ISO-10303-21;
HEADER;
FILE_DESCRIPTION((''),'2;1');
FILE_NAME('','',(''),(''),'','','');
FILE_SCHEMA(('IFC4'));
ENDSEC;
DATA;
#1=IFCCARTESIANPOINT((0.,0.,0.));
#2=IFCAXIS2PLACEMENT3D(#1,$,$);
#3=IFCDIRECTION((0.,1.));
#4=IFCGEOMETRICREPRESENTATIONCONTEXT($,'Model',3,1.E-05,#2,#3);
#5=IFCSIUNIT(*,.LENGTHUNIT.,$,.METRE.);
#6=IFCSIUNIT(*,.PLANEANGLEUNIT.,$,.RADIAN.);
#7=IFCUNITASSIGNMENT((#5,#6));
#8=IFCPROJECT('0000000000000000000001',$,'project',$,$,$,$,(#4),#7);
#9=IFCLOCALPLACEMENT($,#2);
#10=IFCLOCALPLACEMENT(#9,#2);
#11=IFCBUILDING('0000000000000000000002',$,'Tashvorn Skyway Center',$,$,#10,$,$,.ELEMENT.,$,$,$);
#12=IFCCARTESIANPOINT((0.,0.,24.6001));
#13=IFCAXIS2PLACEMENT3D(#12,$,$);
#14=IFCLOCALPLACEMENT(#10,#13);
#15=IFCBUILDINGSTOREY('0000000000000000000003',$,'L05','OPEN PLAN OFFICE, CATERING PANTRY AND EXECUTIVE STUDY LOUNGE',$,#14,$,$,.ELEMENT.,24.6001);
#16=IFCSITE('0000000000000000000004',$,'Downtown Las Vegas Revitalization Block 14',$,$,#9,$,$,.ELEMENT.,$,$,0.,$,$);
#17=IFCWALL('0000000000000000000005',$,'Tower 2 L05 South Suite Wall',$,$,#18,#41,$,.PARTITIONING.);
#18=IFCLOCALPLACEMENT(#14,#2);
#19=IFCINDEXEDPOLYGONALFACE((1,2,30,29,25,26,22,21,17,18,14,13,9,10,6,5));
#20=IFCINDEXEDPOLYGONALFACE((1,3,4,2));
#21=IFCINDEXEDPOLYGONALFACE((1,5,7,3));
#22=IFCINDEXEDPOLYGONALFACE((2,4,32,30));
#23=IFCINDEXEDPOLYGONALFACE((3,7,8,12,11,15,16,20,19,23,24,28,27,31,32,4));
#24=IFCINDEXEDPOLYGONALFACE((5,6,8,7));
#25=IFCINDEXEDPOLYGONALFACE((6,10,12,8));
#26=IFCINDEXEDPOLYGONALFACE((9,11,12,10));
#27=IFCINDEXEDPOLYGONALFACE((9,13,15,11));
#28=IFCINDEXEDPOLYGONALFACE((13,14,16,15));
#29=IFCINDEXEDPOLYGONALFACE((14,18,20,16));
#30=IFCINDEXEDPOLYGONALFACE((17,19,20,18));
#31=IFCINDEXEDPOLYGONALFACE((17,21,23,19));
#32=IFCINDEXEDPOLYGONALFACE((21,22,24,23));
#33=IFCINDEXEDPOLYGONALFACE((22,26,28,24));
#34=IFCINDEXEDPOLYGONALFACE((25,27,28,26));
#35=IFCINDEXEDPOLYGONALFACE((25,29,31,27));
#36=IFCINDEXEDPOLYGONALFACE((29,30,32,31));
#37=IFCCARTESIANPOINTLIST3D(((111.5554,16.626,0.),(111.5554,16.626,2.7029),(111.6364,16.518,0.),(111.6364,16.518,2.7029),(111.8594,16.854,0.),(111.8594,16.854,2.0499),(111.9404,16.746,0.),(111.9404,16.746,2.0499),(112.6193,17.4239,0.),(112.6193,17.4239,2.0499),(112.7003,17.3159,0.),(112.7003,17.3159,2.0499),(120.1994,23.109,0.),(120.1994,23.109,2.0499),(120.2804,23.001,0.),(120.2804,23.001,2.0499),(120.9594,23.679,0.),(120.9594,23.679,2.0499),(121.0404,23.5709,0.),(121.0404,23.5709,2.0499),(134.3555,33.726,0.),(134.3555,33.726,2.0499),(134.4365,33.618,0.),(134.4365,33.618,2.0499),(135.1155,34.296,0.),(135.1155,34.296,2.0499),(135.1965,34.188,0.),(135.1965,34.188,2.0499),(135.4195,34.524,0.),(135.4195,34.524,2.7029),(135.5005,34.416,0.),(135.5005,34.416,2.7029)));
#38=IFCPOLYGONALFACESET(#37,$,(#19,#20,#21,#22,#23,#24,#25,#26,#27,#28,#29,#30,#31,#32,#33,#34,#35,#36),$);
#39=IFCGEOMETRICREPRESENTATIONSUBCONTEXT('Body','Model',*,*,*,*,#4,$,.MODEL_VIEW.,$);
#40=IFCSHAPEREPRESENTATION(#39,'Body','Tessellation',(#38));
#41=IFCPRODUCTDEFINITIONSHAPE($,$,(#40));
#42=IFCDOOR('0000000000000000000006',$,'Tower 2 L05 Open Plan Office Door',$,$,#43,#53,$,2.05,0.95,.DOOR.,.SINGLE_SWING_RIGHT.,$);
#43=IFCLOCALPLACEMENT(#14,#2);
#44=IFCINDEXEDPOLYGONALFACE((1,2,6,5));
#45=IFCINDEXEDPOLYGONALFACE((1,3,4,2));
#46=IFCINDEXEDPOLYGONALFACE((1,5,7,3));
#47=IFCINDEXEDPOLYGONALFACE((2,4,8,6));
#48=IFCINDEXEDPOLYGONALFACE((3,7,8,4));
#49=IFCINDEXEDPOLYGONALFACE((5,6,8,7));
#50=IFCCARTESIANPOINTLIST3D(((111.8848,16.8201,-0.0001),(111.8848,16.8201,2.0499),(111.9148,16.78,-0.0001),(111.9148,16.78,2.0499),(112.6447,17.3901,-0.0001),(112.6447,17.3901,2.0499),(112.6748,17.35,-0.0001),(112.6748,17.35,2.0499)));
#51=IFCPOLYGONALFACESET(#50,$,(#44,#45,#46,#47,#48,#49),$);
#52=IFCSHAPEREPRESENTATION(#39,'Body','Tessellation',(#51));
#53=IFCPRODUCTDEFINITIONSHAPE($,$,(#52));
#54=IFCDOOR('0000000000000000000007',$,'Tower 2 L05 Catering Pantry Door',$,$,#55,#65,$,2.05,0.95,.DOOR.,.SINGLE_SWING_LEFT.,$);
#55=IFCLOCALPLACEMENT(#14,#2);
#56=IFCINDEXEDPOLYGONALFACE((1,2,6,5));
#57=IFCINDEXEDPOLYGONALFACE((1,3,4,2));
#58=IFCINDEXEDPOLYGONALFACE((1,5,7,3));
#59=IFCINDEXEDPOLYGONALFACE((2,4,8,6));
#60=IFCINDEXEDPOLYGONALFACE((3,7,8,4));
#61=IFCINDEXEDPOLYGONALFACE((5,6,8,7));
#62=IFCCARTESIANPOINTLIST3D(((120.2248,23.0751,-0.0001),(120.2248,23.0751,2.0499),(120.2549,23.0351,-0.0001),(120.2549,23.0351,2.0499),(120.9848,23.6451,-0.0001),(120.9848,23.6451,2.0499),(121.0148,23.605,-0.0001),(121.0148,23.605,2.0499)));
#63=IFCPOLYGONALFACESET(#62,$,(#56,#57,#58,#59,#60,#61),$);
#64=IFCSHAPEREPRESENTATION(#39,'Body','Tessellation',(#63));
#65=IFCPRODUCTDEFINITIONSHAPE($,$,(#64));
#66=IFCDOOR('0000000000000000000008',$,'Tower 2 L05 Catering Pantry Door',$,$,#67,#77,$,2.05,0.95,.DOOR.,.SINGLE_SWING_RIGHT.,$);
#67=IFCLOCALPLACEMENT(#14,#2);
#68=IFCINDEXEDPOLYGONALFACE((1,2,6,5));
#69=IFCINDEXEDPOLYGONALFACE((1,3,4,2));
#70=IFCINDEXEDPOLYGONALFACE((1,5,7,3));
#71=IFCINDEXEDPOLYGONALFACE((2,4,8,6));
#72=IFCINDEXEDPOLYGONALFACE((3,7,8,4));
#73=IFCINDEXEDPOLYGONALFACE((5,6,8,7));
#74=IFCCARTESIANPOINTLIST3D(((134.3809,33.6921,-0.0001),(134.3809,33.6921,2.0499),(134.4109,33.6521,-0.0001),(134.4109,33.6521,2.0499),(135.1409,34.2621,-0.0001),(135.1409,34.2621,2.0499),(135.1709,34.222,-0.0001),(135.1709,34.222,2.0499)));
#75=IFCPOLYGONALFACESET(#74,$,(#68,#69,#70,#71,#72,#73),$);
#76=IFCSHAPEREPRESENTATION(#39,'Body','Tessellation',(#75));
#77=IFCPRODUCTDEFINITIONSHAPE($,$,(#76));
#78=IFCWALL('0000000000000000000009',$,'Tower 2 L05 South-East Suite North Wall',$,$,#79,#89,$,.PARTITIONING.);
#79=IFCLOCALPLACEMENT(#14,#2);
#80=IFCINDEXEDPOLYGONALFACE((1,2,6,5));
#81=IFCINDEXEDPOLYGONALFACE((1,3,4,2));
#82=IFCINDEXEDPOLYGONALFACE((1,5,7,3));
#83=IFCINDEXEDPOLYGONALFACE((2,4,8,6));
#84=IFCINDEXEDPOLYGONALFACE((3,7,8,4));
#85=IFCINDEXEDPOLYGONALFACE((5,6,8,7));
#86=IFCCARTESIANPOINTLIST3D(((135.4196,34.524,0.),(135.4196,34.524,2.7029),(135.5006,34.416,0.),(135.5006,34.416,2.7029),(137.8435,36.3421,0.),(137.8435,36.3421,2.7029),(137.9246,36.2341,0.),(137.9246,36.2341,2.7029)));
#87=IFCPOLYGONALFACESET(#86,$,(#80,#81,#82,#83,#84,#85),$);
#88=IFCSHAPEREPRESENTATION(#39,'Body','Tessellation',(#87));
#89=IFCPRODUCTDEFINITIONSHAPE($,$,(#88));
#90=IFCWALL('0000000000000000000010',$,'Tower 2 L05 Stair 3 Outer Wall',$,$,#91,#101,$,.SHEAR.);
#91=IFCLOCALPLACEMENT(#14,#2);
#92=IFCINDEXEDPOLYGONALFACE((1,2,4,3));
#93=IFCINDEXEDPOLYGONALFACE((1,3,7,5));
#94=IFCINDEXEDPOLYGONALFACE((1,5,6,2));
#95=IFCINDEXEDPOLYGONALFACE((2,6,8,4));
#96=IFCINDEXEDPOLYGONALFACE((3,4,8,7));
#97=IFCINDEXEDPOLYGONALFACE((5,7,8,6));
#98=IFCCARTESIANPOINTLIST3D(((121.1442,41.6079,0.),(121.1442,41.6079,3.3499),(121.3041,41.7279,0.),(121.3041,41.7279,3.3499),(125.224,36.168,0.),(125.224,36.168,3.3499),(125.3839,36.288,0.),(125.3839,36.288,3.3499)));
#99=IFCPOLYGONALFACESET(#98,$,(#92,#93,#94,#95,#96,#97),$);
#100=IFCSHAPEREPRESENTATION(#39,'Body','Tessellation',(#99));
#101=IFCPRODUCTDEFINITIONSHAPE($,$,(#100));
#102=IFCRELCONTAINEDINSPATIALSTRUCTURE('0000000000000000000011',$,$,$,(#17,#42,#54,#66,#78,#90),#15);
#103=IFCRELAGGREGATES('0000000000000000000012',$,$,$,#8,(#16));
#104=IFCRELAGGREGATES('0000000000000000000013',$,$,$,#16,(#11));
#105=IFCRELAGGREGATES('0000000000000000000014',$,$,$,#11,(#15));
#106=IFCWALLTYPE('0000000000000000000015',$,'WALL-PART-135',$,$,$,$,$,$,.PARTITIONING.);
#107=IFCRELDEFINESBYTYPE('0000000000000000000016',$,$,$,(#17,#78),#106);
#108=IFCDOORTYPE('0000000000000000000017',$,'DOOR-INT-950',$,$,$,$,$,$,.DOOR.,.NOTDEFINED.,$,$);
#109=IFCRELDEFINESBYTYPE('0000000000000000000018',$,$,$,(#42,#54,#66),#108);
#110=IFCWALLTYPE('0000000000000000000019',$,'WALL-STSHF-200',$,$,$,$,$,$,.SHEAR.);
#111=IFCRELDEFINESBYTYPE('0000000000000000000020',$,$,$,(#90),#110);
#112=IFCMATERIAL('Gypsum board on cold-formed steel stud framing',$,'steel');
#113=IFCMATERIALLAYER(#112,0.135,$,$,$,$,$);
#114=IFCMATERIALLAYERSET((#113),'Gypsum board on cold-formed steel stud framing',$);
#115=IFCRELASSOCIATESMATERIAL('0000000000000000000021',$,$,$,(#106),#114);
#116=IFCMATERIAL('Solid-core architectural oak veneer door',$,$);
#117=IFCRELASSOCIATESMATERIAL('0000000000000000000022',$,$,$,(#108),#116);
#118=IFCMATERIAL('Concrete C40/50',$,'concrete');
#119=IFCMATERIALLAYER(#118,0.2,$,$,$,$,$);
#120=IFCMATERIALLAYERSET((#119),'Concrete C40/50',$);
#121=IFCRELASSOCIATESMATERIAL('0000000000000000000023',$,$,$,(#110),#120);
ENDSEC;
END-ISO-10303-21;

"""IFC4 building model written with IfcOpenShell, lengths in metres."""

from ifc_helpers import new_model, si_unit, direction, frame, frame_2d, origin, place, context, subcontext, project, spatial, rectangle, extrude, material, layer, layer_set, type_object, element, fill, save


model = new_model("IFC4")

# Units and contexts
model_context = context("Model", 3, precision=1e-05, world=origin(), true_north=direction((0.0, 1.0)))
body_context = subcontext(model_context, "Body", "Model", "MODEL_VIEW")
ifc_project = project(units=[si_unit("LENGTHUNIT", "METRE"), si_unit("PLANEANGLEUNIT", "RADIAN")], contexts=[model_context])

# Site, building, storey
site_placement = place(None, origin())
site = spatial("IfcSite", under=ifc_project, at=site_placement, Name="Downtown Las Vegas Revitalization Block 14", CompositionType="ELEMENT", RefElevation=0.0)
building_placement = place(site_placement, origin())
building = spatial("IfcBuilding", under=site, at=building_placement, Name="Tashvorn Skyway Center", CompositionType="ELEMENT")
storey_placement = place(building_placement, frame((0.0, 0.0, 24.6001)))
storey = spatial("IfcBuildingStorey", under=building, at=storey_placement, Name="L05", Description="OPEN PLAN OFFICE, CATERING PANTRY AND EXECUTIVE STUDY LOUNGE", CompositionType="ELEMENT", Elevation=24.6001)

# Wall, openings, doors
ifc_material_1 = material(Name="Gypsum board on cold-formed steel stud framing", Category="steel")
ifc_layer_1 = layer(ifc_material_1, 0.135)
ifc_layer_set_1 = layer_set([ifc_layer_1], Name="Gypsum board on cold-formed steel stud framing")
wall_type_1 = type_object("IfcWallType", Name="WALL-PART-135", PredefinedType="PARTITIONING", material=ifc_layer_set_1)
wall_1_placement = place(storey_placement, frame((135.46, 34.47, 0.0), z_axis=(0.0, 0.0, 1.0), x_axis=(-0.800001, -0.599999, 0.0)))
wall_1 = element("IfcWall", 1, at=wall_1_placement, inside=storey, type_object=wall_type_1, Name="Tower 2 L05 South Suite Wall", PredefinedType="PARTITIONING", context=body_context, shape_type="SweptSolid", body=[
    extrude(rectangle(XDim=29.8301, YDim=0.135, at=frame_2d((14.915, 0.0))), origin(), (0.0, 0.0, 1.0), 2.7029),
])
opening_1_placement = place(wall_1_placement, frame((28.5, 0.0, 0.0)))
opening_1 = element("IfcOpeningElement", 2, at=opening_1_placement, cuts=wall_1, PredefinedType="OPENING", context=body_context, shape_type="SweptSolid", body=[
    extrude(rectangle(XDim=0.95, YDim=2.05, at=frame_2d((0.4751, 1.0249))), frame((0.0, 0.0774, 0.0), z_axis=(0.0, -1.0, 0.0), x_axis=(1.0, 0.0, 0.0)), (0.0, 0.0, 1.0), 0.155),
])
opening_2_placement = place(wall_1_placement, frame((18.075, 0.0, 0.0)))
opening_2 = element("IfcOpeningElement", 3, at=opening_2_placement, cuts=wall_1, PredefinedType="OPENING", context=body_context, shape_type="SweptSolid", body=[
    extrude(rectangle(XDim=0.95, YDim=2.05, at=frame_2d((0.4751, 1.0249))), frame((0.0, 0.0774, 0.0), z_axis=(0.0, -1.0, 0.0), x_axis=(1.0, 0.0, 0.0)), (0.0, 0.0, 1.0), 0.155),
])
opening_3_placement = place(wall_1_placement, frame((0.3799, 0.0, 0.0)))
opening_3 = element("IfcOpeningElement", 4, at=opening_3_placement, cuts=wall_1, PredefinedType="OPENING", context=body_context, shape_type="SweptSolid", body=[
    extrude(rectangle(XDim=0.95, YDim=2.05, at=frame_2d((0.4751, 1.0249))), frame((0.0, 0.0774, 0.0), z_axis=(0.0, -1.0, 0.0), x_axis=(1.0, 0.0, 0.0)), (0.0, 0.0, 1.0), 0.155),
])
ifc_material_2 = material(Name="Solid-core architectural oak veneer door")
door_type = type_object("IfcDoorType", Name="DOOR-INT-950", OperationType="NOTDEFINED", PredefinedType="DOOR", material=ifc_material_2)
door_1_placement = place(opening_1_placement, origin())
door_1 = element("IfcDoor", 5, at=door_1_placement, inside=storey, type_object=door_type, Name="Tower 2 L05 Open Plan Office Door", OperationType="SINGLE_SWING_RIGHT", OverallHeight=2.05, OverallWidth=0.95, PredefinedType="DOOR", context=body_context, shape_type="SweptSolid", body=[
    extrude(rectangle(XDim=0.95, YDim=2.05, at=frame_2d((0.4751, 1.0249))), frame((0.0, 0.0249, 0.0), z_axis=(0.0, -1.0, 0.0), x_axis=(1.0, 0.0, 0.0)), (0.0, 0.0, 1.0), 0.05),
])
fill(opening_1, door_1)
door_2_placement = place(opening_2_placement, origin())
door_2 = element("IfcDoor", 6, at=door_2_placement, inside=storey, type_object=door_type, Name="Tower 2 L05 Catering Pantry Door", OperationType="SINGLE_SWING_LEFT", OverallHeight=2.05, OverallWidth=0.95, PredefinedType="DOOR", context=body_context, shape_type="SweptSolid", body=[
    extrude(rectangle(XDim=0.95, YDim=2.05, at=frame_2d((0.4751, 1.0249))), frame((0.0, 0.0249, 0.0), z_axis=(0.0, -1.0, 0.0), x_axis=(1.0, 0.0, 0.0)), (0.0, 0.0, 1.0), 0.05),
])
fill(opening_2, door_2)
door_3_placement = place(opening_3_placement, origin())
door_3 = element("IfcDoor", 7, at=door_3_placement, inside=storey, type_object=door_type, Name="Tower 2 L05 Catering Pantry Door", OperationType="SINGLE_SWING_RIGHT", OverallHeight=2.05, OverallWidth=0.95, PredefinedType="DOOR", context=body_context, shape_type="SweptSolid", body=[
    extrude(rectangle(XDim=0.95, YDim=2.05, at=frame_2d((0.4751, 1.0249))), frame((0.0, 0.0249, 0.0), z_axis=(0.0, -1.0, 0.0), x_axis=(1.0, 0.0, 0.0)), (0.0, 0.0, 1.0), 0.05),
])
fill(opening_3, door_3)

# Walls
wall_2_placement = place(storey_placement, frame((135.46, 34.47, 0.0), z_axis=(0.0, 0.0, 1.0), x_axis=(0.79999, 0.600013, 0.0)))
element("IfcWall", 8, at=wall_2_placement, inside=storey, type_object=wall_type_1, Name="Tower 2 L05 South-East Suite North Wall", PredefinedType="PARTITIONING", context=body_context, shape_type="SweptSolid", body=[
    extrude(rectangle(XDim=3.03, YDim=0.135, at=frame_2d((1.5151, 0.0))), origin(), (0.0, 0.0, 1.0), 2.7029),
])
ifc_material_3 = material(Name="Concrete C40/50", Category="concrete")
ifc_layer_2 = layer(ifc_material_3, 0.2)
ifc_layer_set_2 = layer_set([ifc_layer_2], Name="Concrete C40/50")
wall_type_2 = type_object("IfcWallType", Name="WALL-STSHF-200", PredefinedType="SHEAR", material=ifc_layer_set_2)
wall_3_placement = place(storey_placement, frame((125.304, 36.228, 0.0), z_axis=(0.0, 0.0, 1.0), x_axis=(-0.599989, 0.800009, 0.0)))
element("IfcWall", 9, at=wall_3_placement, inside=storey, type_object=wall_type_2, Name="Tower 2 L05 Stair 3 Outer Wall", PredefinedType="SHEAR", context=body_context, shape_type="SweptSolid", body=[
    extrude(rectangle(XDim=6.7998, YDim=0.2, at=frame_2d((3.3999, 0.0))), origin(), (0.0, 0.0, 1.0), 3.3499),
])

save(model, "model.ifc")
